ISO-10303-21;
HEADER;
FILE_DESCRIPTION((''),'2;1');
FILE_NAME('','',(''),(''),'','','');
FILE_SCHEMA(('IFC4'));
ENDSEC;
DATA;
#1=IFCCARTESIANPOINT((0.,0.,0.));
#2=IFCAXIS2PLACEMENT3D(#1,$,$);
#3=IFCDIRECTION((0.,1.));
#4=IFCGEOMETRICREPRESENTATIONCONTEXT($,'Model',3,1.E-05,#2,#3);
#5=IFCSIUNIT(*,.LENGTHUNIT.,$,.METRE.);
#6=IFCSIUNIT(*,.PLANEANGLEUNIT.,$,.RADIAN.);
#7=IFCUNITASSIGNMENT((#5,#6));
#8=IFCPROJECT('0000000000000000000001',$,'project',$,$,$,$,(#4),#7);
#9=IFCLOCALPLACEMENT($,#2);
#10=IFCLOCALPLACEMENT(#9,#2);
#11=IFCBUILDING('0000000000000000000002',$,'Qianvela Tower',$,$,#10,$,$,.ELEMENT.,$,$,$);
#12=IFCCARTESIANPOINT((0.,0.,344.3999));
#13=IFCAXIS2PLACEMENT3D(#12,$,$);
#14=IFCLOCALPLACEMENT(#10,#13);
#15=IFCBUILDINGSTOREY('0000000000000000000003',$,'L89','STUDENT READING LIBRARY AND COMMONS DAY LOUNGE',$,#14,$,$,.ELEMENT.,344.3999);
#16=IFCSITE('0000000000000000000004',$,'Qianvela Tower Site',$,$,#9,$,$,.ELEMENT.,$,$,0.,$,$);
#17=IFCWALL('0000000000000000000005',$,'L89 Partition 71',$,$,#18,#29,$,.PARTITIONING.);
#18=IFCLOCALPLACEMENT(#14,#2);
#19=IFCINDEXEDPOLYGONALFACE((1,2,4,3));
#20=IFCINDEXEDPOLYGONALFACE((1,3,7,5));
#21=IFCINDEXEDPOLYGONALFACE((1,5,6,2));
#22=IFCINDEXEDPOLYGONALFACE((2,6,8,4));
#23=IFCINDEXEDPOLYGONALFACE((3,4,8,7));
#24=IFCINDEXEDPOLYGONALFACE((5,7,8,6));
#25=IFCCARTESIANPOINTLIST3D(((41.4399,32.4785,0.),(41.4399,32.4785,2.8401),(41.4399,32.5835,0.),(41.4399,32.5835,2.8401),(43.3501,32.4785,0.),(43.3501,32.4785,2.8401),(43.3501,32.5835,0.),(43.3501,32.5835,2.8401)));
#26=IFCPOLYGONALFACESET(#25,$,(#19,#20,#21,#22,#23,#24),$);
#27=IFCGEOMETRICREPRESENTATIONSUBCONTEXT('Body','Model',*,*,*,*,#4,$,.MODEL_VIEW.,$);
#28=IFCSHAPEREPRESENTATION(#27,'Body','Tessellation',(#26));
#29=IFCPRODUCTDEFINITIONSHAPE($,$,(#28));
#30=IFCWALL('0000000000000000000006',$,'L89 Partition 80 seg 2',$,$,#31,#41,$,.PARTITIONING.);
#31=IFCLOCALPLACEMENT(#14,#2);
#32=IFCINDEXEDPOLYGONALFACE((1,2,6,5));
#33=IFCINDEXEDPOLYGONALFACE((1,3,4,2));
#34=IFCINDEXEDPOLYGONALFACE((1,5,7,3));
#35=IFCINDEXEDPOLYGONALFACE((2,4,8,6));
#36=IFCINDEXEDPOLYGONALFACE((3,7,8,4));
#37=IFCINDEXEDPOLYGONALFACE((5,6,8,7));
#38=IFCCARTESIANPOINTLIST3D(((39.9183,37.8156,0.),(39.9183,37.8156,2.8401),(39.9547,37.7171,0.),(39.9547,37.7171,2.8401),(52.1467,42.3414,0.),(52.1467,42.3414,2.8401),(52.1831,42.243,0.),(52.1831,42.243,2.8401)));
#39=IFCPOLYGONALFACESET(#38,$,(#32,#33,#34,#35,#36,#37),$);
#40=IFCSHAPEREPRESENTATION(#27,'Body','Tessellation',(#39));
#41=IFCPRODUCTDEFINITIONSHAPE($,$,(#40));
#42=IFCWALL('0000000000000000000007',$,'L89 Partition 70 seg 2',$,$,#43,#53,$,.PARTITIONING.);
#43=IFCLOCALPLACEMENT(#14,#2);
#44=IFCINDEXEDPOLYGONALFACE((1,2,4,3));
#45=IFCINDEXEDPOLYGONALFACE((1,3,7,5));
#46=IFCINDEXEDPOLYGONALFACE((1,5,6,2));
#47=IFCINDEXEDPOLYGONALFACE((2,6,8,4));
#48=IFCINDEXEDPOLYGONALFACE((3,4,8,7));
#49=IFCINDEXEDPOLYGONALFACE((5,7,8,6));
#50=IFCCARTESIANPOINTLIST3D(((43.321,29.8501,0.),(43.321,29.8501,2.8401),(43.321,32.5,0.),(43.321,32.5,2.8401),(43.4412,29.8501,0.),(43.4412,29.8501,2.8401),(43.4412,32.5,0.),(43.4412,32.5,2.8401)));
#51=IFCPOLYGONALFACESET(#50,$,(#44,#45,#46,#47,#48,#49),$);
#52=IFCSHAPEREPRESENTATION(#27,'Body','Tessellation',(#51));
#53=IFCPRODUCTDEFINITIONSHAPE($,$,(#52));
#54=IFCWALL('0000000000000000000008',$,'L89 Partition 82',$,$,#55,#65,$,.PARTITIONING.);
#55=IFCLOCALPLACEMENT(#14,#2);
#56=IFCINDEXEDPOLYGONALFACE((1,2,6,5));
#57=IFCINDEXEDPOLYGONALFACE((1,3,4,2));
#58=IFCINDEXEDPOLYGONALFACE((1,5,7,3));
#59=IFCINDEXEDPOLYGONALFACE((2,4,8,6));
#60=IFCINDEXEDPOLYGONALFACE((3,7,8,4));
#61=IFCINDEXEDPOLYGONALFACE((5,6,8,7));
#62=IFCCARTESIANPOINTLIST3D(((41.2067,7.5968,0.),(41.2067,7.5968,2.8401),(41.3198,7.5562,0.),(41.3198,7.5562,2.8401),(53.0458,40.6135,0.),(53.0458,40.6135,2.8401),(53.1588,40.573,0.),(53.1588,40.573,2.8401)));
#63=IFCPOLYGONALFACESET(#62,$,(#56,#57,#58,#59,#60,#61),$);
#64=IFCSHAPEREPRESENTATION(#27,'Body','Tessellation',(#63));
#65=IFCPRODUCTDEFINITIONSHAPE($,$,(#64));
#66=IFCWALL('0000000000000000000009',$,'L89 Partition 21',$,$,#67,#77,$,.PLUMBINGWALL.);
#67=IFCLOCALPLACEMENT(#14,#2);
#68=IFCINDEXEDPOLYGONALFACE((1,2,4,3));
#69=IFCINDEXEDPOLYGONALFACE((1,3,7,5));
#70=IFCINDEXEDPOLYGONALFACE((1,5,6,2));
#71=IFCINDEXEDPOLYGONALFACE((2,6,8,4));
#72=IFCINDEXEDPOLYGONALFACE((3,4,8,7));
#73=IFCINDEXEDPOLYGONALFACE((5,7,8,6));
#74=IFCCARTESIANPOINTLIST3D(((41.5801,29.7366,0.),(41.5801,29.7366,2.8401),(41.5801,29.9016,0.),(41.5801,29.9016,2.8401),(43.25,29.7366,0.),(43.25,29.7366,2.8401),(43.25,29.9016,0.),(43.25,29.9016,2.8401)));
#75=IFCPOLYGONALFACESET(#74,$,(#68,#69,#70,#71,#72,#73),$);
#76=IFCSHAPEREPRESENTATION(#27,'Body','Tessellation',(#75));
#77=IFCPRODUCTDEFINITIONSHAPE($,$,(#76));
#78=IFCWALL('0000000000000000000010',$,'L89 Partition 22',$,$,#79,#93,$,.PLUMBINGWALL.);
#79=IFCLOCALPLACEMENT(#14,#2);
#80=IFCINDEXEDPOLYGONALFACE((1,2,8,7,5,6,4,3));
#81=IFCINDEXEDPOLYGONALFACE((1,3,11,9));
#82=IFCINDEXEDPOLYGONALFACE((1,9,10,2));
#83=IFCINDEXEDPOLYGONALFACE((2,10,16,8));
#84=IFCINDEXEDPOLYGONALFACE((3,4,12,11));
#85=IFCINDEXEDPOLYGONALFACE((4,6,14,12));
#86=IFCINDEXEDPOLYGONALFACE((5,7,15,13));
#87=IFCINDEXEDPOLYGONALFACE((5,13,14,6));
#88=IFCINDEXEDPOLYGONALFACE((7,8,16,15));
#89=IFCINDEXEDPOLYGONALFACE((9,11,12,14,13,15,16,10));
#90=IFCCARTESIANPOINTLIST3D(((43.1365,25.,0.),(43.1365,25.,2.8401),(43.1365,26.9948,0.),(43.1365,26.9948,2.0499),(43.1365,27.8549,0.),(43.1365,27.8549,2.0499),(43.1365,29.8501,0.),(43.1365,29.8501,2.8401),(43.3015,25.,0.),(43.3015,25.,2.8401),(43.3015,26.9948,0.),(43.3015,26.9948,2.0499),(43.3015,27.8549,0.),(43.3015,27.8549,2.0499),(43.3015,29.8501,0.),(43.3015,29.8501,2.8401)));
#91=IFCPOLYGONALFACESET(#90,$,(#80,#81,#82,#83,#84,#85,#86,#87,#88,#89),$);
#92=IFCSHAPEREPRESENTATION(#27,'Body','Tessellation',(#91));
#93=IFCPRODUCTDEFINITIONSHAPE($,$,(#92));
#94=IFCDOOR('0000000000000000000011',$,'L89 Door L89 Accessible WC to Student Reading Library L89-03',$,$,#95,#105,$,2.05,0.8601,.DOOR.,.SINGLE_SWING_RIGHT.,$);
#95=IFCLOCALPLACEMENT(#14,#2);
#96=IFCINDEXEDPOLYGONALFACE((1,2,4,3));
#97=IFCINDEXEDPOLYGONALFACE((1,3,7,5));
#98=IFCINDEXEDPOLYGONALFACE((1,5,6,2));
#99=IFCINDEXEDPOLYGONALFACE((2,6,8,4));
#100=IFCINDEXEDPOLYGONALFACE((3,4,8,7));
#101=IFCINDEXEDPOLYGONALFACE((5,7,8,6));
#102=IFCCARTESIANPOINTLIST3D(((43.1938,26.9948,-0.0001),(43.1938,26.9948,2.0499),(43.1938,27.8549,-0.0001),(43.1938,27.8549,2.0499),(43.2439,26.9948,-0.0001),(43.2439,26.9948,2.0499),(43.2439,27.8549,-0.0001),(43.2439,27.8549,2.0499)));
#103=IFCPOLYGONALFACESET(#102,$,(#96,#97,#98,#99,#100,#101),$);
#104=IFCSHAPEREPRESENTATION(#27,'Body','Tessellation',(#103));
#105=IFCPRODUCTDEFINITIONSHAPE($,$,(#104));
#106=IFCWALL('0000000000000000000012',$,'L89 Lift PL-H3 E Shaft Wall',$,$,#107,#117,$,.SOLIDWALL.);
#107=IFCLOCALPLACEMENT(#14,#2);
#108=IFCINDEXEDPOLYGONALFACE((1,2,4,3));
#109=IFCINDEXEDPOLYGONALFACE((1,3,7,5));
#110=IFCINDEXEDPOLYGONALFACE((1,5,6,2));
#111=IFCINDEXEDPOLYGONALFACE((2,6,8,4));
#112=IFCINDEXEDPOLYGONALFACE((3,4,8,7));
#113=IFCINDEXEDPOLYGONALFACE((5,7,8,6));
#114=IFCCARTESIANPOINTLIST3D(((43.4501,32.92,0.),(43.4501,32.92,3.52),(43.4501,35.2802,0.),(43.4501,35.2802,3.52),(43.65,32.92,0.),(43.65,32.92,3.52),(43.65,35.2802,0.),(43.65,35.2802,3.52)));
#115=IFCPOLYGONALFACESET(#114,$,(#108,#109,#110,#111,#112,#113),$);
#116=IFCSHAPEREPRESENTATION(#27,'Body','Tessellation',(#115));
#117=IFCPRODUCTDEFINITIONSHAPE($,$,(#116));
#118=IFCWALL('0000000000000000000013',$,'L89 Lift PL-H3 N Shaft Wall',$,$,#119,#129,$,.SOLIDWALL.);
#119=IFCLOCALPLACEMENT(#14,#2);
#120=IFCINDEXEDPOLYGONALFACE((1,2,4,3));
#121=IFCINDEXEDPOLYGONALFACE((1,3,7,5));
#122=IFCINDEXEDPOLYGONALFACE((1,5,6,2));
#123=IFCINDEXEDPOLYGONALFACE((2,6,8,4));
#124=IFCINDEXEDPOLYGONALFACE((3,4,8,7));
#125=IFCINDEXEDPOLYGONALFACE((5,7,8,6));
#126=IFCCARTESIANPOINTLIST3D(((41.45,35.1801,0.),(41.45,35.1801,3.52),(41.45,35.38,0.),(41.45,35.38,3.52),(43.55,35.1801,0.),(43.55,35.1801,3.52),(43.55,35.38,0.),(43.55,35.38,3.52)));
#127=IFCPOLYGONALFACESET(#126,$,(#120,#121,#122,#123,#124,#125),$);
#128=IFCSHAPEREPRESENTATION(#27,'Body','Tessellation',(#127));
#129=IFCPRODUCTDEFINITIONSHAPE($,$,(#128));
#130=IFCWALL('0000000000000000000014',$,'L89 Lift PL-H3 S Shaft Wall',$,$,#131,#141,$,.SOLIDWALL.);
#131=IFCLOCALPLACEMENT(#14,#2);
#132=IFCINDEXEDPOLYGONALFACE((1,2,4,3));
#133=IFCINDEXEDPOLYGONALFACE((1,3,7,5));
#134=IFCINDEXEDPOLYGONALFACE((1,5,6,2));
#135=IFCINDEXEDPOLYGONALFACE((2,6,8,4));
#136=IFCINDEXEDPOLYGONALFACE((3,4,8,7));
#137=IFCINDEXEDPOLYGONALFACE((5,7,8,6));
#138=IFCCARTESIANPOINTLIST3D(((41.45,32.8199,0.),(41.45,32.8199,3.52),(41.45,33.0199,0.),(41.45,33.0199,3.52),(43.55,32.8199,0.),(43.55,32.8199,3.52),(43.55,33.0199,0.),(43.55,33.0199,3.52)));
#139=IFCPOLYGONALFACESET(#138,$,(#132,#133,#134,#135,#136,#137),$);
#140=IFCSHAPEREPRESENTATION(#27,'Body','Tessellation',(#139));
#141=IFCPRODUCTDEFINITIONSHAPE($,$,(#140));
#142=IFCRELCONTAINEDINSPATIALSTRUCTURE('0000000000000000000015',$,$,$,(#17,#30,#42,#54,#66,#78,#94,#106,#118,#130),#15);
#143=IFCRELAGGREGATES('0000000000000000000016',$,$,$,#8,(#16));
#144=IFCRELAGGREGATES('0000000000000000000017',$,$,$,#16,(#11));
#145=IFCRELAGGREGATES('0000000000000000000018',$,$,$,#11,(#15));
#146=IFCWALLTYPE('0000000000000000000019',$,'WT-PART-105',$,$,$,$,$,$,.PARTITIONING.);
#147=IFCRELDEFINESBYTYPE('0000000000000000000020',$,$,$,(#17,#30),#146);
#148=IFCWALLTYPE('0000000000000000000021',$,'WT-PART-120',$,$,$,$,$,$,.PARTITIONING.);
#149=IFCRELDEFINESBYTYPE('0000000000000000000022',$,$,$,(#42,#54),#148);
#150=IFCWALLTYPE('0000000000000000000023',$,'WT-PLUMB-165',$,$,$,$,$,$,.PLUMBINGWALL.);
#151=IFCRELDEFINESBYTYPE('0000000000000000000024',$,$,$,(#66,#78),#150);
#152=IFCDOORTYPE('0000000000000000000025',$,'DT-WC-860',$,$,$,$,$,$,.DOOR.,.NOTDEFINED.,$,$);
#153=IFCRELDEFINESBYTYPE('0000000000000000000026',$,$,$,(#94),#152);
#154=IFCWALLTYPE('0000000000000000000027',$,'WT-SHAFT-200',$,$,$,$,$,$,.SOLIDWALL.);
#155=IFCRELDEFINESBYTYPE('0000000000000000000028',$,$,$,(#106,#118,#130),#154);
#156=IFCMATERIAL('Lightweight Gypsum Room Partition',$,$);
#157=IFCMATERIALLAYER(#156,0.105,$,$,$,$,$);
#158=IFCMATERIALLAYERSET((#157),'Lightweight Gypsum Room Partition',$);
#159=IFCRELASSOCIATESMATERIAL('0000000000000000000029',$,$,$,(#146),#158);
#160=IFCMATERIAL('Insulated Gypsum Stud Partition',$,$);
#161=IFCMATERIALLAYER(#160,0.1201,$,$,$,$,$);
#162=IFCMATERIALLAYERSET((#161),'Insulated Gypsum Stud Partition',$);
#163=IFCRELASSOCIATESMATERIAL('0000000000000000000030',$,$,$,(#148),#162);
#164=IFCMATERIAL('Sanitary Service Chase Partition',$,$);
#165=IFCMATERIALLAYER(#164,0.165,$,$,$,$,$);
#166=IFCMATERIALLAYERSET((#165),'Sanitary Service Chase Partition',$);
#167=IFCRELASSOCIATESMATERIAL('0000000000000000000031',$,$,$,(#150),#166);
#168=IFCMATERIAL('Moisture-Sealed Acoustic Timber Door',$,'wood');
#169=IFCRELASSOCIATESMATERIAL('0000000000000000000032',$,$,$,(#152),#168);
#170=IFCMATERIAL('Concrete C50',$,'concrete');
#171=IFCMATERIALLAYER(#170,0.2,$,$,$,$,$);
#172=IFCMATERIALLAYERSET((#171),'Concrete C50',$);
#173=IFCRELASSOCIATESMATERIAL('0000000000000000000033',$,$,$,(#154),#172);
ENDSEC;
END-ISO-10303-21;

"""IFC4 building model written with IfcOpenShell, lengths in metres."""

from ifc_helpers import new_model, si_unit, direction, frame, frame_2d, origin, place, context, subcontext, project, spatial, rectangle, extrude, material, layer, layer_set, type_object, element, fill, save


model = new_model("IFC4")

# Units and contexts
model_context = context("Model", 3, precision=1e-05, world=origin(), true_north=direction((0.0, 1.0)))
body_context = subcontext(model_context, "Body", "Model", "MODEL_VIEW")
ifc_project = project(units=[si_unit("LENGTHUNIT", "METRE"), si_unit("PLANEANGLEUNIT", "RADIAN")], contexts=[model_context])

# Site, building, storey
site_placement = place(None, origin())
site = spatial("IfcSite", under=ifc_project, at=site_placement, Name="Qianvela Tower Site", CompositionType="ELEMENT", RefElevation=0.0)
building_placement = place(site_placement, origin())
building = spatial("IfcBuilding", under=site, at=building_placement, Name="Qianvela Tower", CompositionType="ELEMENT")
storey_placement = place(building_placement, frame((0.0, 0.0, 344.3999)))
storey = spatial("IfcBuildingStorey", under=building, at=storey_placement, Name="L89", Description="STUDENT READING LIBRARY AND COMMONS DAY LOUNGE", CompositionType="ELEMENT", Elevation=344.3999)

# Walls
ifc_material_1 = material(Name="Lightweight Gypsum Room Partition")
ifc_layer_1 = layer(ifc_material_1, 0.105)
ifc_layer_set_1 = layer_set([ifc_layer_1], Name="Lightweight Gypsum Room Partition")
wall_type_1 = type_object("IfcWallType", Name="WT-PART-105", PredefinedType="PARTITIONING", material=ifc_layer_set_1)
wall_1_placement = place(storey_placement, frame((43.3501, 32.531, 0.0), z_axis=(0.0, 0.0, 1.0), x_axis=(-1.0, 0.0, 0.0)))
element("IfcWall", 1, at=wall_1_placement, inside=storey, type_object=wall_type_1, Name="L89 Partition 71", PredefinedType="PARTITIONING", context=body_context, shape_type="SweptSolid", body=[
    extrude(rectangle(XDim=1.9102, YDim=0.105, at=frame_2d((0.9551, 0.0))), origin(), (0.0, 0.0, 1.0), 2.8401),
])
wall_2_placement = place(storey_placement, frame((39.9365, 37.7664, 0.0), z_axis=(0.0, 0.0, 1.0), x_axis=(0.937829, 0.347098, 0.0)))
element("IfcWall", 2, at=wall_2_placement, inside=storey, type_object=wall_type_1, Name="L89 Partition 80 seg 2", PredefinedType="PARTITIONING", context=body_context, shape_type="SweptSolid", body=[
    extrude(rectangle(XDim=13.0391, YDim=0.105, at=frame_2d((6.5195, 0.0))), origin(), (0.0, 0.0, 1.0), 2.8401),
])
ifc_material_2 = material(Name="Insulated Gypsum Stud Partition")
ifc_layer_2 = layer(ifc_material_2, 0.1201)
ifc_layer_set_2 = layer_set([ifc_layer_2], Name="Insulated Gypsum Stud Partition")
wall_type_2 = type_object("IfcWallType", Name="WT-PART-120", PredefinedType="PARTITIONING", material=ifc_layer_set_2)
wall_3_placement = place(storey_placement, frame((43.3811, 29.8501, 0.0), z_axis=(0.0, 0.0, 1.0), x_axis=(0.0, 1.0, 0.0)))
element("IfcWall", 3, at=wall_3_placement, inside=storey, type_object=wall_type_2, Name="L89 Partition 70 seg 2", PredefinedType="PARTITIONING", context=body_context, shape_type="SweptSolid", body=[
    extrude(rectangle(XDim=2.6499, YDim=0.1201, at=frame_2d((1.325, 0.0))), origin(), (0.0, 0.0, 1.0), 2.8401),
])
wall_4_placement = place(storey_placement, frame((53.1023, 40.5933, 0.0), z_axis=(0.0, 0.0, 1.0), x_axis=(-0.337534, -0.941313, 0.0)))
element("IfcWall", 4, at=wall_4_placement, inside=storey, type_object=wall_type_2, Name="L89 Partition 82", PredefinedType="PARTITIONING", context=body_context, shape_type="SweptSolid", body=[
    extrude(rectangle(XDim=35.0752, YDim=0.1201, at=frame_2d((17.5376, 0.0))), origin(), (0.0, 0.0, 1.0), 2.8401),
])
ifc_material_3 = material(Name="Sanitary Service Chase Partition")
ifc_layer_3 = layer(ifc_material_3, 0.165)
ifc_layer_set_3 = layer_set([ifc_layer_3], Name="Sanitary Service Chase Partition")
wall_type_3 = type_object("IfcWallType", Name="WT-PLUMB-165", PredefinedType="PLUMBINGWALL", material=ifc_layer_set_3)
wall_5_placement = place(storey_placement, frame((41.5801, 29.8191, 0.0), z_axis=(0.0, 0.0, 1.0), x_axis=(1.0, 0.0, 0.0)))
element("IfcWall", 5, at=wall_5_placement, inside=storey, type_object=wall_type_3, Name="L89 Partition 21", PredefinedType="PLUMBINGWALL", context=body_context, shape_type="SweptSolid", body=[
    extrude(rectangle(XDim=1.6699, YDim=0.165, at=frame_2d((0.835, 0.0))), origin(), (0.0, 0.0, 1.0), 2.8401),
])

# Wall, opening, door
wall_6_placement = place(storey_placement, frame((43.219, 29.8501, 0.0), z_axis=(0.0, 0.0, 1.0), x_axis=(0.0, -1.0, 0.0)))
wall_6 = element("IfcWall", 6, at=wall_6_placement, inside=storey, type_object=wall_type_3, Name="L89 Partition 22", PredefinedType="PLUMBINGWALL", context=body_context, shape_type="SweptSolid", body=[
    extrude(rectangle(XDim=4.8501, YDim=0.165, at=frame_2d((2.425, 0.0))), origin(), (0.0, 0.0, 1.0), 2.8401),
])
opening_1_placement = place(wall_6_placement, frame((1.9951, 0.0, 0.0)))
opening_1 = element("IfcOpeningElement", 7, at=opening_1_placement, cuts=wall_6, PredefinedType="OPENING", context=body_context, shape_type="SweptSolid", body=[
    extrude(rectangle(XDim=0.8601, YDim=2.05, at=frame_2d((0.4302, 1.0249))), frame((0.0, 0.0925, 0.0), z_axis=(0.0, -1.0, 0.0), x_axis=(1.0, 0.0, 0.0)), (0.0, 0.0, 1.0), 0.1851),
])
ifc_material_4 = material(Name="Moisture-Sealed Acoustic Timber Door", Category="wood")
door_type_1 = type_object("IfcDoorType", Name="DT-WC-860", OperationType="NOTDEFINED", PredefinedType="DOOR", material=ifc_material_4)
door_1_placement = place(opening_1_placement, origin())
door_1 = element("IfcDoor", 8, at=door_1_placement, inside=storey, type_object=door_type_1, Name="L89 Door L89 Accessible WC to Student Reading Library L89-03", OperationType="SINGLE_SWING_RIGHT", OverallHeight=2.05, OverallWidth=0.8601, PredefinedType="DOOR", context=body_context, shape_type="SweptSolid", body=[
    extrude(rectangle(XDim=0.8601, YDim=2.05, at=frame_2d((0.4302, 1.0249))), frame((0.0, 0.0249, 0.0), z_axis=(0.0, -1.0, 0.0), x_axis=(1.0, 0.0, 0.0)), (0.0, 0.0, 1.0), 0.05),
])
fill(opening_1, door_1)

# Wall
ifc_material_5 = material(Name="Concrete C50", Category="concrete")
ifc_layer_4 = layer(ifc_material_5, 0.2)
ifc_layer_set_4 = layer_set([ifc_layer_4], Name="Concrete C50")
wall_type_4 = type_object("IfcWallType", Name="WT-SHAFT-200", PredefinedType="SOLIDWALL", material=ifc_layer_set_4)
wall_7_placement = place(storey_placement, frame((43.55, 32.9199, 0.0), z_axis=(0.0, 0.0, 1.0), x_axis=(0.0, 1.0, 0.0)))
element("IfcWall", 9, at=wall_7_placement, inside=storey, type_object=wall_type_4, Name="L89 Lift PL-H3 E Shaft Wall", PredefinedType="SOLIDWALL", context=body_context, shape_type="SweptSolid", body=[
    extrude(rectangle(XDim=2.3601, YDim=0.2, at=frame_2d((1.1802, 0.0))), origin(), (0.0, 0.0, 1.0), 3.52),
])

# Walls
for number, where, z_axis, x_axis, name in (
    (10, (41.45, 35.28, 0.0), (0.0, 0.0, 1.0), (1.0, 0.0, 0.0), "L89 Lift PL-H3 N Shaft Wall"),
    (11, (41.45, 32.9199, 0.0), (0.0, 0.0, 1.0), (1.0, 0.0, 0.0), "L89 Lift PL-H3 S Shaft Wall"),
):
    element("IfcWall", number, at=place(storey_placement, frame(where, z_axis=z_axis, x_axis=x_axis)), inside=storey, type_object=wall_type_4, Name=name, PredefinedType="SOLIDWALL", context=body_context, shape_type="SweptSolid", body=[
        extrude(rectangle(XDim=2.1001, YDim=0.2, at=frame_2d((1.05, 0.0))), origin(), (0.0, 0.0, 1.0), 3.52),
    ])

save(model, "model.ifc")
